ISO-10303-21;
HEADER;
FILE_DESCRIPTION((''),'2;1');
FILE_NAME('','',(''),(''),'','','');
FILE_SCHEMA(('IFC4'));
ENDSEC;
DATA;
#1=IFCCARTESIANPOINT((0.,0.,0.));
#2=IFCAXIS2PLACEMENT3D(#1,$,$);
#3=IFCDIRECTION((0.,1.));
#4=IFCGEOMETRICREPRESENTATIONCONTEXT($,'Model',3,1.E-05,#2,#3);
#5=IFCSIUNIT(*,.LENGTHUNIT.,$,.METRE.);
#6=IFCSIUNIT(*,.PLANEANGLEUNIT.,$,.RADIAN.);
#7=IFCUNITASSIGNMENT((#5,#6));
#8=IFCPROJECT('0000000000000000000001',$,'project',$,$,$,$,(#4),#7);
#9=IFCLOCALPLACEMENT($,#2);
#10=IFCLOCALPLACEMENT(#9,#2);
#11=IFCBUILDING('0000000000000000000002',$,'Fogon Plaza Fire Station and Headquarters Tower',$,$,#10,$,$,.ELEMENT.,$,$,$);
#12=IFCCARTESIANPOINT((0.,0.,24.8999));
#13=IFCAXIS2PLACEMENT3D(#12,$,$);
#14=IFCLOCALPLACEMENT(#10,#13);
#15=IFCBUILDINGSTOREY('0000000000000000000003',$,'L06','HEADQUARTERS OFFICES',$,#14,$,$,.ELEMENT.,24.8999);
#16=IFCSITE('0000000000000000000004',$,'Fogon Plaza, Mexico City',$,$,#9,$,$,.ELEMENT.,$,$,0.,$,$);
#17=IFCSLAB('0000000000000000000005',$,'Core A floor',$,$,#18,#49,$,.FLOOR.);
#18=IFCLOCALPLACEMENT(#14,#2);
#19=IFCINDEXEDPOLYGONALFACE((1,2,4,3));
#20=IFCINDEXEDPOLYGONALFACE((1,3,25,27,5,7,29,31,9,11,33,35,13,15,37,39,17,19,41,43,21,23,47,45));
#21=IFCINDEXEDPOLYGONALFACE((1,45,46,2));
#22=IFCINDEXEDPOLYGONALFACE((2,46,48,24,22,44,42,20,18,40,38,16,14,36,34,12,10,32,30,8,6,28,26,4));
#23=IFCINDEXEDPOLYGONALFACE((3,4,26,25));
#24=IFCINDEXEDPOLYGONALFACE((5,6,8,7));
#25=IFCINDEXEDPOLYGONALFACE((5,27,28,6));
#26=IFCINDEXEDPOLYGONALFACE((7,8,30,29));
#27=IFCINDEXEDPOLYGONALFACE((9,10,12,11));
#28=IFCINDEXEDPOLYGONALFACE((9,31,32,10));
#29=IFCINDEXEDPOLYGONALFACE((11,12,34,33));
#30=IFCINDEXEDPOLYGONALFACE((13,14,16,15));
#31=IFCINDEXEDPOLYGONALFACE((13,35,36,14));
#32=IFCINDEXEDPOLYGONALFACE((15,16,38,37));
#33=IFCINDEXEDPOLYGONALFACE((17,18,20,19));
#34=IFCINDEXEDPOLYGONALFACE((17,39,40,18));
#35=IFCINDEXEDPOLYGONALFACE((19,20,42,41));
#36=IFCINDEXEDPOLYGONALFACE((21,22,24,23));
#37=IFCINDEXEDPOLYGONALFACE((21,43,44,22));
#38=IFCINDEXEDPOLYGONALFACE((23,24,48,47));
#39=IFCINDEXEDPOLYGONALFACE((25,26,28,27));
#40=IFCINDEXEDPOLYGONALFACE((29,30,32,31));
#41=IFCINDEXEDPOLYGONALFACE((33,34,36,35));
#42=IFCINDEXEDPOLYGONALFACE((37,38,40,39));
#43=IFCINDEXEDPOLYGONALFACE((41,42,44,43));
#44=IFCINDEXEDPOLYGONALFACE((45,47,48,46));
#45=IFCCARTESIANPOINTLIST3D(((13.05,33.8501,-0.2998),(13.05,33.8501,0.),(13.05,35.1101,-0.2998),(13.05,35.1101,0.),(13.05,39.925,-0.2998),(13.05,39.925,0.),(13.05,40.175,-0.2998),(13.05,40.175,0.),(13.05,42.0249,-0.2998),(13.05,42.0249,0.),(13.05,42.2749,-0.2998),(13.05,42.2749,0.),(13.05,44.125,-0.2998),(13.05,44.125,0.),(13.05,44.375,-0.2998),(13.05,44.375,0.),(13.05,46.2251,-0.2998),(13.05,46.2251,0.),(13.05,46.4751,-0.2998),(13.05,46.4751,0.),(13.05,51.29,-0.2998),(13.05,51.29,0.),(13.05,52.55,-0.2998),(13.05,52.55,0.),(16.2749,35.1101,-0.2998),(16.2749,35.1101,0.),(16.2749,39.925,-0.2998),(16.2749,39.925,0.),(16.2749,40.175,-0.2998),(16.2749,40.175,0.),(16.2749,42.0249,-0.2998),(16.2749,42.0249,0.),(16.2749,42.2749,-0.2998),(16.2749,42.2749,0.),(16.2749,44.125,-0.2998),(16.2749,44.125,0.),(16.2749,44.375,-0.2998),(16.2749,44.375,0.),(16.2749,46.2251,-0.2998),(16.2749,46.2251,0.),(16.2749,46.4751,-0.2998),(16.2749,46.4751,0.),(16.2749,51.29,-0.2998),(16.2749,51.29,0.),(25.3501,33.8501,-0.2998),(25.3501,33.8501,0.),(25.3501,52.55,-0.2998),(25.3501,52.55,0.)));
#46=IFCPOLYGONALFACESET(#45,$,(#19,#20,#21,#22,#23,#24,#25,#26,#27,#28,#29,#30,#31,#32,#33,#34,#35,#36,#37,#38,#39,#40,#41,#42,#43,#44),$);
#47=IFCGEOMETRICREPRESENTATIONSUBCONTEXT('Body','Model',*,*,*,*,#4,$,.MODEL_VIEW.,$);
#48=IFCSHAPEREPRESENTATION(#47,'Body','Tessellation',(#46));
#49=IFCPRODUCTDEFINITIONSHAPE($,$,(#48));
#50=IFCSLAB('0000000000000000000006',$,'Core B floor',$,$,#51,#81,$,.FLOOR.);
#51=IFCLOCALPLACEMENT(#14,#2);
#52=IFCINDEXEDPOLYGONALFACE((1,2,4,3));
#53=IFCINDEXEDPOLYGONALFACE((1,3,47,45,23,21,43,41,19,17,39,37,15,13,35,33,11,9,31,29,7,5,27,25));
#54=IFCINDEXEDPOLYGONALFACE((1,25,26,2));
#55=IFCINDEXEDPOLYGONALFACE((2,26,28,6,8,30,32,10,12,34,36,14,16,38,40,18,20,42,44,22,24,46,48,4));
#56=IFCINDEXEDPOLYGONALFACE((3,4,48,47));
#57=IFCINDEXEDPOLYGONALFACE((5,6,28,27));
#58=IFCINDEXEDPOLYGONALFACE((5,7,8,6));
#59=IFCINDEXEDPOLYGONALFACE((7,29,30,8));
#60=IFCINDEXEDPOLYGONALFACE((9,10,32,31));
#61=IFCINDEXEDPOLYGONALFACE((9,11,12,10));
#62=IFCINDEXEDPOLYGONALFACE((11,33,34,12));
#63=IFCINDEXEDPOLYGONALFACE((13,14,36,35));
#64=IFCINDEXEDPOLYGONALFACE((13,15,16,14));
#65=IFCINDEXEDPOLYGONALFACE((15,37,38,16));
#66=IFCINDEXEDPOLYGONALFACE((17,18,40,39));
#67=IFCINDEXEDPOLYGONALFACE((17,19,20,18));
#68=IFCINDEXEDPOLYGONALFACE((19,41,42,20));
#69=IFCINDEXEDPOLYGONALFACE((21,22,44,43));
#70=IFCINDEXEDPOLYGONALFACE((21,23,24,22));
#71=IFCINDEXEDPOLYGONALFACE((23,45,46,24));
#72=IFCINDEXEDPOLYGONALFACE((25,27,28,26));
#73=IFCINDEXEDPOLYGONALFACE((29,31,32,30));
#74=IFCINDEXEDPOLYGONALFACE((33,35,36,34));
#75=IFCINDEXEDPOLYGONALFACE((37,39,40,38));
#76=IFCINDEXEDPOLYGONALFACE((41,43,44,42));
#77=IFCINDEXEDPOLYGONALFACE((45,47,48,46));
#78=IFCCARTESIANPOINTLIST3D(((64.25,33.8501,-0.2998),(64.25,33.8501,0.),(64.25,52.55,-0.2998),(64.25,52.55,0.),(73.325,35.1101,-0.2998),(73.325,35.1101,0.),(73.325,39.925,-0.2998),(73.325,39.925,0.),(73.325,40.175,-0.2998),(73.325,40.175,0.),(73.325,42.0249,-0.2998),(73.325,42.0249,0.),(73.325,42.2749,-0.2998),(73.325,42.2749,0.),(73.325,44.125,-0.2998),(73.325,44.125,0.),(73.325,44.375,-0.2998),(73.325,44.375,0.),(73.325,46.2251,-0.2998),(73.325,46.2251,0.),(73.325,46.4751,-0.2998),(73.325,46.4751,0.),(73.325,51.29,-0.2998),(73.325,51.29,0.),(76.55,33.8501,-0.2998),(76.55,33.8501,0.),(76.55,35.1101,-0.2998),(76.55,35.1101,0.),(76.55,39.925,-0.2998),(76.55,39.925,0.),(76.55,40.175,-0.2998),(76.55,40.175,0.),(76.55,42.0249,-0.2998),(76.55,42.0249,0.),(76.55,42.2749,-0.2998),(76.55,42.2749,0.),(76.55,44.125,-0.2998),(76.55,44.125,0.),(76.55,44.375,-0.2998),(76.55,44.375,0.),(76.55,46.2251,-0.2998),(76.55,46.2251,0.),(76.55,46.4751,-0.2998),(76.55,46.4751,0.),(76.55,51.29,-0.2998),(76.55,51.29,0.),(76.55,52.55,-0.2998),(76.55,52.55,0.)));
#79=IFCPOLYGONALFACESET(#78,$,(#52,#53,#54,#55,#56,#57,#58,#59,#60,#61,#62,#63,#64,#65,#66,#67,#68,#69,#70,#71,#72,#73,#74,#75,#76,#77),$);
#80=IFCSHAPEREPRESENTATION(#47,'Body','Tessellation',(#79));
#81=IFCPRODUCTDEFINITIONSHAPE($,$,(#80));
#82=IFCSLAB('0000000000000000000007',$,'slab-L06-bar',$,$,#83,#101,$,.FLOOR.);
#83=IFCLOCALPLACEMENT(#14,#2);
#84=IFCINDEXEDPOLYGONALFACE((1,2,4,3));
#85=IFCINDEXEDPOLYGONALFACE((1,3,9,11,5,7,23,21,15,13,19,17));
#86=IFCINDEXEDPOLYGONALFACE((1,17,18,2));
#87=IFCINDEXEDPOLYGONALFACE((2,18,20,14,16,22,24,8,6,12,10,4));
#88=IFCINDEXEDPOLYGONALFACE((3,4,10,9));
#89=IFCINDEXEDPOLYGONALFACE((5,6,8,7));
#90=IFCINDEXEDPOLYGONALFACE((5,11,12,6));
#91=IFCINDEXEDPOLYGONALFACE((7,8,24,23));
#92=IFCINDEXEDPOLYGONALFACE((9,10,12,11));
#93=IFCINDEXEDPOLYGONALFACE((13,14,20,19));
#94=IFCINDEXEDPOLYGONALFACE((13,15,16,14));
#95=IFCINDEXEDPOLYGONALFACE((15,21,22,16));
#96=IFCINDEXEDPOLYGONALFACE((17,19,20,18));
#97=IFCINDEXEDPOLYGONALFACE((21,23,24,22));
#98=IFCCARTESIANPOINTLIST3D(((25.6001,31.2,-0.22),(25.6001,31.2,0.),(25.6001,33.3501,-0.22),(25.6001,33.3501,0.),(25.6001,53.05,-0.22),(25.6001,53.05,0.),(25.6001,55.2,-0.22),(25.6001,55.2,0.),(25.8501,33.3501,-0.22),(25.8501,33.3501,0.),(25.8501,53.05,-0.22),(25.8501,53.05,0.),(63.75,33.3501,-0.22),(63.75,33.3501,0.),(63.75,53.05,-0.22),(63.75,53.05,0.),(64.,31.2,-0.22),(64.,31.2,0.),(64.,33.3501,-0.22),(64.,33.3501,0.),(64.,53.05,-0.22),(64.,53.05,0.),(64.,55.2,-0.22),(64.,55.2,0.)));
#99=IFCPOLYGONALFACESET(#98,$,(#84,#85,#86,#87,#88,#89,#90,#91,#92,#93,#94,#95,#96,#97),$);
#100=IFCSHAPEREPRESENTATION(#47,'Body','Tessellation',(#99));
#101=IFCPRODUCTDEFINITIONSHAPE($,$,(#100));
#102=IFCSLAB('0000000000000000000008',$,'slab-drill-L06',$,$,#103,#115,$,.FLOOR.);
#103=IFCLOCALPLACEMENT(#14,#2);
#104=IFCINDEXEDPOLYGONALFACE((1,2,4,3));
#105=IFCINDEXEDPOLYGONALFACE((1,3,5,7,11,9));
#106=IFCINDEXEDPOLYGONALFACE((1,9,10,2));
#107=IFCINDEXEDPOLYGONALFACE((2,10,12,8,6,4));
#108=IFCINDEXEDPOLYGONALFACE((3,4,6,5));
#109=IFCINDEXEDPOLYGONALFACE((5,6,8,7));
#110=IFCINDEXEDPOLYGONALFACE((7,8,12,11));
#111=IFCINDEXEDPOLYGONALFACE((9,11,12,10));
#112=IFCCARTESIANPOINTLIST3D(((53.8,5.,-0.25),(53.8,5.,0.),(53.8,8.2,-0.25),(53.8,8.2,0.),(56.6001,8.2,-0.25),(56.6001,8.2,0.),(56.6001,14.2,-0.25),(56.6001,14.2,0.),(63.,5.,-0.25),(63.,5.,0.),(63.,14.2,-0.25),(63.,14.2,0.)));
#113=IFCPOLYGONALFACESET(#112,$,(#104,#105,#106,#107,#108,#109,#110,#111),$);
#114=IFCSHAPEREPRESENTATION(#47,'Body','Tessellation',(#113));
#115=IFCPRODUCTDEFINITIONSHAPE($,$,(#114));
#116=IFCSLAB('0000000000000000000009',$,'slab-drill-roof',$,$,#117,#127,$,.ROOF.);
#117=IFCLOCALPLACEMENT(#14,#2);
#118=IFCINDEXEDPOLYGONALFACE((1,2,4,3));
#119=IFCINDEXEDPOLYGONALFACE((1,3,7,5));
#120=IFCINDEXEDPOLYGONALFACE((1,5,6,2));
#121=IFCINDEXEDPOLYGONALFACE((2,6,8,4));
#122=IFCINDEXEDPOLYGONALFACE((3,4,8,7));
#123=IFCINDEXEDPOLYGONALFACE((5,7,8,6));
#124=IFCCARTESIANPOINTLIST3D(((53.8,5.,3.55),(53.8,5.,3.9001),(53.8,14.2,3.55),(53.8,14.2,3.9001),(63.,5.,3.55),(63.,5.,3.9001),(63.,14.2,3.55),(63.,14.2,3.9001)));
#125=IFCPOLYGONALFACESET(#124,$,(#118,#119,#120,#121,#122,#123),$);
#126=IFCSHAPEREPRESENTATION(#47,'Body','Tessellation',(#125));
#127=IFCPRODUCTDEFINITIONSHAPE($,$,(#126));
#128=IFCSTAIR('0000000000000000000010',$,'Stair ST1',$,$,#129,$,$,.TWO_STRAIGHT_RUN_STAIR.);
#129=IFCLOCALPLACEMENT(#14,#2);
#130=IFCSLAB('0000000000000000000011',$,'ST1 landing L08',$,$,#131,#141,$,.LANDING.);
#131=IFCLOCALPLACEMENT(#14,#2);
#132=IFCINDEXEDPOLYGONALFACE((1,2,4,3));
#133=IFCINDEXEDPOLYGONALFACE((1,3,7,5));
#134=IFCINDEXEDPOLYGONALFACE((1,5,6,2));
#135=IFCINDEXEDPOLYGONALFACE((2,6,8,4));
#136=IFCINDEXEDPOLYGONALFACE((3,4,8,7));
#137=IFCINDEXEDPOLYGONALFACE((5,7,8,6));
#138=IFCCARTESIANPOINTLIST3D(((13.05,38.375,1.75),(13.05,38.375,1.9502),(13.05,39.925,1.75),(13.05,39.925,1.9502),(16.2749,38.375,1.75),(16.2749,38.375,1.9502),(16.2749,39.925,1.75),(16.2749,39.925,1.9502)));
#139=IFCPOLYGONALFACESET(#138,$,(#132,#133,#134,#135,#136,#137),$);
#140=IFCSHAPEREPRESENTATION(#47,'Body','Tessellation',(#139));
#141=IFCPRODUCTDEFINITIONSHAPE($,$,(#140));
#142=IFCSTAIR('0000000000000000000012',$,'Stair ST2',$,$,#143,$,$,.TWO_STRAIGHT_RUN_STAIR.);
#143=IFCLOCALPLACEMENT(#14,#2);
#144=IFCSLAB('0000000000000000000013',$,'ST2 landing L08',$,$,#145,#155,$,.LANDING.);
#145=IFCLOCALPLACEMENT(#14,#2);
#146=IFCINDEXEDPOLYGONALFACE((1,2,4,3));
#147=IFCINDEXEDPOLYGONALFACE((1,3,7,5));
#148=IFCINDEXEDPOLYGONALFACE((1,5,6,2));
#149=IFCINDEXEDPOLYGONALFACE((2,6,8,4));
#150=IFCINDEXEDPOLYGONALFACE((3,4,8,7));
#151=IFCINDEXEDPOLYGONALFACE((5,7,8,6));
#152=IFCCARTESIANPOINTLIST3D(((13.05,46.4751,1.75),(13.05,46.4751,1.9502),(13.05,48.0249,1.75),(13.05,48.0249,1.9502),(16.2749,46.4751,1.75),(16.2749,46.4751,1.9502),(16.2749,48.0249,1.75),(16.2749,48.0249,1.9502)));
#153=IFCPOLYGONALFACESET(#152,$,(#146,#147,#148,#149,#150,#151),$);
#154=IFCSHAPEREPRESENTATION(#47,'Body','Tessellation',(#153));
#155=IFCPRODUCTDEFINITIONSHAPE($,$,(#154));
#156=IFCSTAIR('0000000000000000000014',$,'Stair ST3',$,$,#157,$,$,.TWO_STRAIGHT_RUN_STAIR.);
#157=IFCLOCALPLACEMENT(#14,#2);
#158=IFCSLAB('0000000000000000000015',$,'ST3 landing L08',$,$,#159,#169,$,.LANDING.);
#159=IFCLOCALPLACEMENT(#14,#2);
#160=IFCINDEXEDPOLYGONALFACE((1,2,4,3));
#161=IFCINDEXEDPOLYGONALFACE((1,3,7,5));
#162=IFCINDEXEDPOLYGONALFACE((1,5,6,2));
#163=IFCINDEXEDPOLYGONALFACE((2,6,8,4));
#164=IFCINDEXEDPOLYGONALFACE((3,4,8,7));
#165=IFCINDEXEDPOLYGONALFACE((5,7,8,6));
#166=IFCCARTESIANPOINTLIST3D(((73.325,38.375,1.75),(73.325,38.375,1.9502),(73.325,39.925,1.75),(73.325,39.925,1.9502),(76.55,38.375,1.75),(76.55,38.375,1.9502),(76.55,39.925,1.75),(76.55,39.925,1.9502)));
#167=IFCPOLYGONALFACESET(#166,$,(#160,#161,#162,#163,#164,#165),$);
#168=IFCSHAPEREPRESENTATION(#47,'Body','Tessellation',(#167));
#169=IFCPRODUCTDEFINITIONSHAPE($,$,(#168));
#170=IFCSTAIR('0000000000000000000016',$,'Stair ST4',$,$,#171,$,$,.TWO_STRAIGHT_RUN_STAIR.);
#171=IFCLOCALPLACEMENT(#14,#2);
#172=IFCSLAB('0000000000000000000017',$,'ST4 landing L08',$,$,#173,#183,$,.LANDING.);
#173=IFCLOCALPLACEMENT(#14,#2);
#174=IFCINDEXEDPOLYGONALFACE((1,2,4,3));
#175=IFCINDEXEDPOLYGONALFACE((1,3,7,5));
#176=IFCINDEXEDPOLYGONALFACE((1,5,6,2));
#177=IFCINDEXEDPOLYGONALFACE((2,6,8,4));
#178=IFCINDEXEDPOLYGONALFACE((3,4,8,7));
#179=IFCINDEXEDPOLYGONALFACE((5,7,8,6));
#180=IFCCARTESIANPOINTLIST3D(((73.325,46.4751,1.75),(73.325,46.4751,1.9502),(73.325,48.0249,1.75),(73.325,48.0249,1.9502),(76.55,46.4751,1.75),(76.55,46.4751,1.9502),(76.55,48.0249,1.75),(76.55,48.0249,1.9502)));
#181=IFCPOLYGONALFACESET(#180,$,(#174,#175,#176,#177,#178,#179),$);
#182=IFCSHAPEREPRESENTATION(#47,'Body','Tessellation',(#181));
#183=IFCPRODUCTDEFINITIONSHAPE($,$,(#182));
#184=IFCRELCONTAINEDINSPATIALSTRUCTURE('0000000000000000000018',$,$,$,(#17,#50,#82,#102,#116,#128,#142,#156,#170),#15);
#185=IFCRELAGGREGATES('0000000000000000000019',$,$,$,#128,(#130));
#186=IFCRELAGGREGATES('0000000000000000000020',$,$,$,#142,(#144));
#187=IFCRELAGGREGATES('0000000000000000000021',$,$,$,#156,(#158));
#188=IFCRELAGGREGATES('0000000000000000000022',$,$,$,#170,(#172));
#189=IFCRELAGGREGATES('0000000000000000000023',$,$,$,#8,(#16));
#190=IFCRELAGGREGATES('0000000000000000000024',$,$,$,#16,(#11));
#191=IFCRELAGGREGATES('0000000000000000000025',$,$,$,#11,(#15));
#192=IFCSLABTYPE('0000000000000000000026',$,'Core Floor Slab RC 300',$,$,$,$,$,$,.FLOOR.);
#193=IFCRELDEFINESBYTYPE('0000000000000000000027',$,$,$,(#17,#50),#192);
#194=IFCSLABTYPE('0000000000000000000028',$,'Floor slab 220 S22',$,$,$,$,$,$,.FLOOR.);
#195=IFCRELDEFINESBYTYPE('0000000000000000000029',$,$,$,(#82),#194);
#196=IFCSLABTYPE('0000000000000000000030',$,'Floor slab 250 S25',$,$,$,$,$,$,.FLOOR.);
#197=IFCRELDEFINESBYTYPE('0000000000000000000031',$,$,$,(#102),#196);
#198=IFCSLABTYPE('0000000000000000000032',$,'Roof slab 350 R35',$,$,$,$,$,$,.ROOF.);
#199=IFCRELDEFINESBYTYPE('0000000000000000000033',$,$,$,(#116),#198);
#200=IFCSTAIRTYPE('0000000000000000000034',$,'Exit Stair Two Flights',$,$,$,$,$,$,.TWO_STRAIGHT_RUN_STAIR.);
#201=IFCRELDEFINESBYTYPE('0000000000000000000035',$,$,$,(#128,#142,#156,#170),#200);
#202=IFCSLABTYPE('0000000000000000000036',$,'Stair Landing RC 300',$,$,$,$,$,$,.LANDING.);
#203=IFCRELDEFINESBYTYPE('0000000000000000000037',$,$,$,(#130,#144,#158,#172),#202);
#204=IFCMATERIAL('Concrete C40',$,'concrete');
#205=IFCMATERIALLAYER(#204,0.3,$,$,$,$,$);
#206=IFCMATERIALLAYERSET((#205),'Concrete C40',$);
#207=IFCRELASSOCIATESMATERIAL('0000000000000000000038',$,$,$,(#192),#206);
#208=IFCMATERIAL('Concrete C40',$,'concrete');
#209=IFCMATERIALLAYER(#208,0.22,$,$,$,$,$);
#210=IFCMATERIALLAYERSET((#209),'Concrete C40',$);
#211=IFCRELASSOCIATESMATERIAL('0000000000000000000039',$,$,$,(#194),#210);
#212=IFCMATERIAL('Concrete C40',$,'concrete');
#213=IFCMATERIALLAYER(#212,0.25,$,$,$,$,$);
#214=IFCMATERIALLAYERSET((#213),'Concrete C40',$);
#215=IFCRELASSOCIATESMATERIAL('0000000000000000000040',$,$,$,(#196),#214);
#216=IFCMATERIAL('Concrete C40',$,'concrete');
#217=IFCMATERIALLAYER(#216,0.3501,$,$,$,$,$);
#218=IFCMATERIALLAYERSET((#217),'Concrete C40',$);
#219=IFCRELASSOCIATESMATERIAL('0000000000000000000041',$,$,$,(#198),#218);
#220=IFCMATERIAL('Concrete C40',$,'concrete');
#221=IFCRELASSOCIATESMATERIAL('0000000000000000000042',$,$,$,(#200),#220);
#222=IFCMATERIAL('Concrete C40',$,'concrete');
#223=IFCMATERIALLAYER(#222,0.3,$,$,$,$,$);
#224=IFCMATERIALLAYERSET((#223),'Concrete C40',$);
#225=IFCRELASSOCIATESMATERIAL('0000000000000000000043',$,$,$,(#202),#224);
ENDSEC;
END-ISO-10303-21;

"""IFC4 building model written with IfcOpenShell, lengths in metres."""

from ifc_helpers import new_model, si_unit, direction, frame, origin, place, context, subcontext, project, spatial, polyline, outline, extrude, material, layer, layer_set, type_object, element, aggregate, save


model = new_model("IFC4")

# Units and contexts
model_context = context("Model", 3, precision=1e-05, world=origin(), true_north=direction((0.0, 1.0)))
body_context = subcontext(model_context, "Body", "Model", "MODEL_VIEW")
ifc_project = project(units=[si_unit("LENGTHUNIT", "METRE"), si_unit("PLANEANGLEUNIT", "RADIAN")], contexts=[model_context])

# Site, building, storey
site_placement = place(None, origin())
site = spatial("IfcSite", under=ifc_project, at=site_placement, Name="Fogon Plaza, Mexico City", CompositionType="ELEMENT", RefElevation=0.0)
building_placement = place(site_placement, origin())
building = spatial("IfcBuilding", under=site, at=building_placement, Name="Fogon Plaza Fire Station and Headquarters Tower", CompositionType="ELEMENT")
storey_placement = place(building_placement, frame((0.0, 0.0, 24.8999)))
storey = spatial("IfcBuildingStorey", under=building, at=storey_placement, Name="L06", Description="HEADQUARTERS OFFICES", CompositionType="ELEMENT", Elevation=24.8999)

# Slabs
ifc_material_1 = material(Name="Concrete C40", Category="concrete")
ifc_layer_1 = layer(ifc_material_1, 0.3)
ifc_layer_set_1 = layer_set([ifc_layer_1], Name="Concrete C40")
slab_type_1 = type_object("IfcSlabType", Name="Core Floor Slab RC 300", PredefinedType="FLOOR", material=ifc_layer_set_1)
slab_1_placement = place(storey_placement, frame((0.0, 0.0, -0.2998)))
element("IfcSlab", 1, at=slab_1_placement, inside=storey, type_object=slab_type_1, Name="Core A floor", PredefinedType="FLOOR", context=body_context, shape_type="SweptSolid", body=[
    extrude(outline(polyline([(13.05, 35.1101), (13.05, 33.8501), (25.3501, 33.8501), (25.3501, 52.55), (13.05, 52.55), (13.05, 51.29), (16.2749, 51.29), (16.2749, 46.4751), (13.05, 46.4751), (13.05, 46.2251), (16.2749, 46.2251), (16.2749, 44.375), (13.05, 44.375), (13.05, 44.125), (16.2749, 44.125), (16.2749, 42.2749), (13.05, 42.2749), (13.05, 42.0249), (16.2749, 42.0249), (16.2749, 40.175), (13.05, 40.175), (13.05, 39.925), (16.2749, 39.925), (16.2749, 35.1101), (13.05, 35.1101)])), origin(), (0.0, 0.0, 1.0), 0.2998),
])
slab_2_placement = place(storey_placement, frame((0.0, 0.0, -0.2998)))
element("IfcSlab", 2, at=slab_2_placement, inside=storey, type_object=slab_type_1, Name="Core B floor", PredefinedType="FLOOR", context=body_context, shape_type="SweptSolid", body=[
    extrude(outline(polyline([(76.55, 35.1101), (73.325, 35.1101), (73.325, 39.925), (76.55, 39.925), (76.55, 40.175), (73.325, 40.175), (73.325, 42.0249), (76.55, 42.0249), (76.55, 42.2749), (73.325, 42.2749), (73.325, 44.125), (76.55, 44.125), (76.55, 44.375), (73.325, 44.375), (73.325, 46.2251), (76.55, 46.2251), (76.55, 46.4751), (73.325, 46.4751), (73.325, 51.29), (76.55, 51.29), (76.55, 52.55), (64.25, 52.55), (64.25, 33.8501), (76.55, 33.8501), (76.55, 35.1101)])), origin(), (0.0, 0.0, 1.0), 0.2998),
])
ifc_material_2 = material(Name="Concrete C40", Category="concrete")
ifc_layer_2 = layer(ifc_material_2, 0.22)
ifc_layer_set_2 = layer_set([ifc_layer_2], Name="Concrete C40")
slab_type_2 = type_object("IfcSlabType", Name="Floor slab 220 S22", PredefinedType="FLOOR", material=ifc_layer_set_2)
slab_3_placement = place(storey_placement, frame((0.0, 0.0, -0.22)))
element("IfcSlab", 3, at=slab_3_placement, inside=storey, type_object=slab_type_2, Name="slab-L06-bar", PredefinedType="FLOOR", context=body_context, shape_type="SweptSolid", body=[
    extrude(outline(polyline([(64.0, 31.2), (25.6001, 31.2), (25.6001, 33.3501), (25.8501, 33.3501), (25.8501, 53.05), (25.6001, 53.05), (25.6001, 55.2), (64.0, 55.2), (64.0, 53.05), (63.75, 53.05), (63.75, 33.3501), (64.0, 33.3501), (64.0, 31.2)])), origin(), (0.0, 0.0, 1.0), 0.22),
])
ifc_material_3 = material(Name="Concrete C40", Category="concrete")
ifc_layer_3 = layer(ifc_material_3, 0.25)
ifc_layer_set_3 = layer_set([ifc_layer_3], Name="Concrete C40")
slab_type_3 = type_object("IfcSlabType", Name="Floor slab 250 S25", PredefinedType="FLOOR", material=ifc_layer_set_3)
slab_4_placement = place(storey_placement, frame((0.0, 0.0, -0.25)))
element("IfcSlab", 4, at=slab_4_placement, inside=storey, type_object=slab_type_3, Name="slab-drill-L06", PredefinedType="FLOOR", context=body_context, shape_type="SweptSolid", body=[
    extrude(outline(polyline([(63.0, 14.2), (63.0, 5.0), (53.8, 5.0), (53.8, 8.2), (56.6001, 8.2), (56.6001, 14.2), (63.0, 14.2)])), origin(), (0.0, 0.0, 1.0), 0.25),
])
ifc_material_4 = material(Name="Concrete C40", Category="concrete")
ifc_layer_4 = layer(ifc_material_4, 0.3501)
ifc_layer_set_4 = layer_set([ifc_layer_4], Name="Concrete C40")
slab_type_4 = type_object("IfcSlabType", Name="Roof slab 350 R35", PredefinedType="ROOF", material=ifc_layer_set_4)
slab_5_placement = place(storey_placement, frame((0.0, 0.0, 3.55)))
element("IfcSlab", 5, at=slab_5_placement, inside=storey, type_object=slab_type_4, Name="slab-drill-roof", PredefinedType="ROOF", context=body_context, shape_type="SweptSolid", body=[
    extrude(outline(polyline([(63.0, 5.0), (63.0, 14.2), (53.8, 14.2), (53.8, 5.0), (63.0, 5.0)])), origin(), (0.0, 0.0, 1.0), 0.3501),
])

# Stairs, slabs
ifc_material_5 = material(Name="Concrete C40", Category="concrete")
stair_type = type_object("IfcStairType", Name="Exit Stair Two Flights", PredefinedType="TWO_STRAIGHT_RUN_STAIR", material=ifc_material_5)
stair_1_placement = place(storey_placement, origin())
stair_1 = element("IfcStair", 6, at=stair_1_placement, inside=storey, type_object=stair_type, Name="Stair ST1", PredefinedType="TWO_STRAIGHT_RUN_STAIR")
ifc_material_6 = material(Name="Concrete C40", Category="concrete")
ifc_layer_5 = layer(ifc_material_6, 0.3)
ifc_layer_set_5 = layer_set([ifc_layer_5], Name="Concrete C40")
slab_type_5 = type_object("IfcSlabType", Name="Stair Landing RC 300", PredefinedType="LANDING", material=ifc_layer_set_5)
slab_6_placement = place(storey_placement, frame((0.0, 0.0, 1.75)))
slab_6 = element("IfcSlab", 7, at=slab_6_placement, type_object=slab_type_5, Name="ST1 landing L08", PredefinedType="LANDING", context=body_context, shape_type="SweptSolid", body=[
    extrude(outline(polyline([(16.2749, 38.375), (16.2749, 39.925), (13.05, 39.925), (13.05, 38.375), (16.2749, 38.375)])), origin(), (0.0, 0.0, 1.0), 0.2002),
])
aggregate(stair_1, [slab_6])
stair_2_placement = place(storey_placement, origin())
stair_2 = element("IfcStair", 8, at=stair_2_placement, inside=storey, type_object=stair_type, Name="Stair ST2", PredefinedType="TWO_STRAIGHT_RUN_STAIR")
slab_7_placement = place(storey_placement, frame((0.0, 0.0, 1.75)))
slab_7 = element("IfcSlab", 9, at=slab_7_placement, type_object=slab_type_5, Name="ST2 landing L08", PredefinedType="LANDING", context=body_context, shape_type="SweptSolid", body=[
    extrude(outline(polyline([(16.2749, 46.4751), (16.2749, 48.0249), (13.05, 48.0249), (13.05, 46.4751), (16.2749, 46.4751)])), origin(), (0.0, 0.0, 1.0), 0.2002),
])
aggregate(stair_2, [slab_7])
stair_3_placement = place(storey_placement, origin())
stair_3 = element("IfcStair", 10, at=stair_3_placement, inside=storey, type_object=stair_type, Name="Stair ST3", PredefinedType="TWO_STRAIGHT_RUN_STAIR")
slab_8_placement = place(storey_placement, frame((0.0, 0.0, 1.75)))
slab_8 = element("IfcSlab", 11, at=slab_8_placement, type_object=slab_type_5, Name="ST3 landing L08", PredefinedType="LANDING", context=body_context, shape_type="SweptSolid", body=[
    extrude(outline(polyline([(73.325, 38.375), (76.55, 38.375), (76.55, 39.925), (73.325, 39.925), (73.325, 38.375)])), origin(), (0.0, 0.0, 1.0), 0.2002),
])
aggregate(stair_3, [slab_8])
stair_4_placement = place(storey_placement, origin())
stair_4 = element("IfcStair", 12, at=stair_4_placement, inside=storey, type_object=stair_type, Name="Stair ST4", PredefinedType="TWO_STRAIGHT_RUN_STAIR")
slab_9_placement = place(storey_placement, frame((0.0, 0.0, 1.75)))
slab_9 = element("IfcSlab", 13, at=slab_9_placement, type_object=slab_type_5, Name="ST4 landing L08", PredefinedType="LANDING", context=body_context, shape_type="SweptSolid", body=[
    extrude(outline(polyline([(73.325, 46.4751), (76.55, 46.4751), (76.55, 48.0249), (73.325, 48.0249), (73.325, 46.4751)])), origin(), (0.0, 0.0, 1.0), 0.2002),
])
aggregate(stair_4, [slab_9])

save(model, "model.ifc")
